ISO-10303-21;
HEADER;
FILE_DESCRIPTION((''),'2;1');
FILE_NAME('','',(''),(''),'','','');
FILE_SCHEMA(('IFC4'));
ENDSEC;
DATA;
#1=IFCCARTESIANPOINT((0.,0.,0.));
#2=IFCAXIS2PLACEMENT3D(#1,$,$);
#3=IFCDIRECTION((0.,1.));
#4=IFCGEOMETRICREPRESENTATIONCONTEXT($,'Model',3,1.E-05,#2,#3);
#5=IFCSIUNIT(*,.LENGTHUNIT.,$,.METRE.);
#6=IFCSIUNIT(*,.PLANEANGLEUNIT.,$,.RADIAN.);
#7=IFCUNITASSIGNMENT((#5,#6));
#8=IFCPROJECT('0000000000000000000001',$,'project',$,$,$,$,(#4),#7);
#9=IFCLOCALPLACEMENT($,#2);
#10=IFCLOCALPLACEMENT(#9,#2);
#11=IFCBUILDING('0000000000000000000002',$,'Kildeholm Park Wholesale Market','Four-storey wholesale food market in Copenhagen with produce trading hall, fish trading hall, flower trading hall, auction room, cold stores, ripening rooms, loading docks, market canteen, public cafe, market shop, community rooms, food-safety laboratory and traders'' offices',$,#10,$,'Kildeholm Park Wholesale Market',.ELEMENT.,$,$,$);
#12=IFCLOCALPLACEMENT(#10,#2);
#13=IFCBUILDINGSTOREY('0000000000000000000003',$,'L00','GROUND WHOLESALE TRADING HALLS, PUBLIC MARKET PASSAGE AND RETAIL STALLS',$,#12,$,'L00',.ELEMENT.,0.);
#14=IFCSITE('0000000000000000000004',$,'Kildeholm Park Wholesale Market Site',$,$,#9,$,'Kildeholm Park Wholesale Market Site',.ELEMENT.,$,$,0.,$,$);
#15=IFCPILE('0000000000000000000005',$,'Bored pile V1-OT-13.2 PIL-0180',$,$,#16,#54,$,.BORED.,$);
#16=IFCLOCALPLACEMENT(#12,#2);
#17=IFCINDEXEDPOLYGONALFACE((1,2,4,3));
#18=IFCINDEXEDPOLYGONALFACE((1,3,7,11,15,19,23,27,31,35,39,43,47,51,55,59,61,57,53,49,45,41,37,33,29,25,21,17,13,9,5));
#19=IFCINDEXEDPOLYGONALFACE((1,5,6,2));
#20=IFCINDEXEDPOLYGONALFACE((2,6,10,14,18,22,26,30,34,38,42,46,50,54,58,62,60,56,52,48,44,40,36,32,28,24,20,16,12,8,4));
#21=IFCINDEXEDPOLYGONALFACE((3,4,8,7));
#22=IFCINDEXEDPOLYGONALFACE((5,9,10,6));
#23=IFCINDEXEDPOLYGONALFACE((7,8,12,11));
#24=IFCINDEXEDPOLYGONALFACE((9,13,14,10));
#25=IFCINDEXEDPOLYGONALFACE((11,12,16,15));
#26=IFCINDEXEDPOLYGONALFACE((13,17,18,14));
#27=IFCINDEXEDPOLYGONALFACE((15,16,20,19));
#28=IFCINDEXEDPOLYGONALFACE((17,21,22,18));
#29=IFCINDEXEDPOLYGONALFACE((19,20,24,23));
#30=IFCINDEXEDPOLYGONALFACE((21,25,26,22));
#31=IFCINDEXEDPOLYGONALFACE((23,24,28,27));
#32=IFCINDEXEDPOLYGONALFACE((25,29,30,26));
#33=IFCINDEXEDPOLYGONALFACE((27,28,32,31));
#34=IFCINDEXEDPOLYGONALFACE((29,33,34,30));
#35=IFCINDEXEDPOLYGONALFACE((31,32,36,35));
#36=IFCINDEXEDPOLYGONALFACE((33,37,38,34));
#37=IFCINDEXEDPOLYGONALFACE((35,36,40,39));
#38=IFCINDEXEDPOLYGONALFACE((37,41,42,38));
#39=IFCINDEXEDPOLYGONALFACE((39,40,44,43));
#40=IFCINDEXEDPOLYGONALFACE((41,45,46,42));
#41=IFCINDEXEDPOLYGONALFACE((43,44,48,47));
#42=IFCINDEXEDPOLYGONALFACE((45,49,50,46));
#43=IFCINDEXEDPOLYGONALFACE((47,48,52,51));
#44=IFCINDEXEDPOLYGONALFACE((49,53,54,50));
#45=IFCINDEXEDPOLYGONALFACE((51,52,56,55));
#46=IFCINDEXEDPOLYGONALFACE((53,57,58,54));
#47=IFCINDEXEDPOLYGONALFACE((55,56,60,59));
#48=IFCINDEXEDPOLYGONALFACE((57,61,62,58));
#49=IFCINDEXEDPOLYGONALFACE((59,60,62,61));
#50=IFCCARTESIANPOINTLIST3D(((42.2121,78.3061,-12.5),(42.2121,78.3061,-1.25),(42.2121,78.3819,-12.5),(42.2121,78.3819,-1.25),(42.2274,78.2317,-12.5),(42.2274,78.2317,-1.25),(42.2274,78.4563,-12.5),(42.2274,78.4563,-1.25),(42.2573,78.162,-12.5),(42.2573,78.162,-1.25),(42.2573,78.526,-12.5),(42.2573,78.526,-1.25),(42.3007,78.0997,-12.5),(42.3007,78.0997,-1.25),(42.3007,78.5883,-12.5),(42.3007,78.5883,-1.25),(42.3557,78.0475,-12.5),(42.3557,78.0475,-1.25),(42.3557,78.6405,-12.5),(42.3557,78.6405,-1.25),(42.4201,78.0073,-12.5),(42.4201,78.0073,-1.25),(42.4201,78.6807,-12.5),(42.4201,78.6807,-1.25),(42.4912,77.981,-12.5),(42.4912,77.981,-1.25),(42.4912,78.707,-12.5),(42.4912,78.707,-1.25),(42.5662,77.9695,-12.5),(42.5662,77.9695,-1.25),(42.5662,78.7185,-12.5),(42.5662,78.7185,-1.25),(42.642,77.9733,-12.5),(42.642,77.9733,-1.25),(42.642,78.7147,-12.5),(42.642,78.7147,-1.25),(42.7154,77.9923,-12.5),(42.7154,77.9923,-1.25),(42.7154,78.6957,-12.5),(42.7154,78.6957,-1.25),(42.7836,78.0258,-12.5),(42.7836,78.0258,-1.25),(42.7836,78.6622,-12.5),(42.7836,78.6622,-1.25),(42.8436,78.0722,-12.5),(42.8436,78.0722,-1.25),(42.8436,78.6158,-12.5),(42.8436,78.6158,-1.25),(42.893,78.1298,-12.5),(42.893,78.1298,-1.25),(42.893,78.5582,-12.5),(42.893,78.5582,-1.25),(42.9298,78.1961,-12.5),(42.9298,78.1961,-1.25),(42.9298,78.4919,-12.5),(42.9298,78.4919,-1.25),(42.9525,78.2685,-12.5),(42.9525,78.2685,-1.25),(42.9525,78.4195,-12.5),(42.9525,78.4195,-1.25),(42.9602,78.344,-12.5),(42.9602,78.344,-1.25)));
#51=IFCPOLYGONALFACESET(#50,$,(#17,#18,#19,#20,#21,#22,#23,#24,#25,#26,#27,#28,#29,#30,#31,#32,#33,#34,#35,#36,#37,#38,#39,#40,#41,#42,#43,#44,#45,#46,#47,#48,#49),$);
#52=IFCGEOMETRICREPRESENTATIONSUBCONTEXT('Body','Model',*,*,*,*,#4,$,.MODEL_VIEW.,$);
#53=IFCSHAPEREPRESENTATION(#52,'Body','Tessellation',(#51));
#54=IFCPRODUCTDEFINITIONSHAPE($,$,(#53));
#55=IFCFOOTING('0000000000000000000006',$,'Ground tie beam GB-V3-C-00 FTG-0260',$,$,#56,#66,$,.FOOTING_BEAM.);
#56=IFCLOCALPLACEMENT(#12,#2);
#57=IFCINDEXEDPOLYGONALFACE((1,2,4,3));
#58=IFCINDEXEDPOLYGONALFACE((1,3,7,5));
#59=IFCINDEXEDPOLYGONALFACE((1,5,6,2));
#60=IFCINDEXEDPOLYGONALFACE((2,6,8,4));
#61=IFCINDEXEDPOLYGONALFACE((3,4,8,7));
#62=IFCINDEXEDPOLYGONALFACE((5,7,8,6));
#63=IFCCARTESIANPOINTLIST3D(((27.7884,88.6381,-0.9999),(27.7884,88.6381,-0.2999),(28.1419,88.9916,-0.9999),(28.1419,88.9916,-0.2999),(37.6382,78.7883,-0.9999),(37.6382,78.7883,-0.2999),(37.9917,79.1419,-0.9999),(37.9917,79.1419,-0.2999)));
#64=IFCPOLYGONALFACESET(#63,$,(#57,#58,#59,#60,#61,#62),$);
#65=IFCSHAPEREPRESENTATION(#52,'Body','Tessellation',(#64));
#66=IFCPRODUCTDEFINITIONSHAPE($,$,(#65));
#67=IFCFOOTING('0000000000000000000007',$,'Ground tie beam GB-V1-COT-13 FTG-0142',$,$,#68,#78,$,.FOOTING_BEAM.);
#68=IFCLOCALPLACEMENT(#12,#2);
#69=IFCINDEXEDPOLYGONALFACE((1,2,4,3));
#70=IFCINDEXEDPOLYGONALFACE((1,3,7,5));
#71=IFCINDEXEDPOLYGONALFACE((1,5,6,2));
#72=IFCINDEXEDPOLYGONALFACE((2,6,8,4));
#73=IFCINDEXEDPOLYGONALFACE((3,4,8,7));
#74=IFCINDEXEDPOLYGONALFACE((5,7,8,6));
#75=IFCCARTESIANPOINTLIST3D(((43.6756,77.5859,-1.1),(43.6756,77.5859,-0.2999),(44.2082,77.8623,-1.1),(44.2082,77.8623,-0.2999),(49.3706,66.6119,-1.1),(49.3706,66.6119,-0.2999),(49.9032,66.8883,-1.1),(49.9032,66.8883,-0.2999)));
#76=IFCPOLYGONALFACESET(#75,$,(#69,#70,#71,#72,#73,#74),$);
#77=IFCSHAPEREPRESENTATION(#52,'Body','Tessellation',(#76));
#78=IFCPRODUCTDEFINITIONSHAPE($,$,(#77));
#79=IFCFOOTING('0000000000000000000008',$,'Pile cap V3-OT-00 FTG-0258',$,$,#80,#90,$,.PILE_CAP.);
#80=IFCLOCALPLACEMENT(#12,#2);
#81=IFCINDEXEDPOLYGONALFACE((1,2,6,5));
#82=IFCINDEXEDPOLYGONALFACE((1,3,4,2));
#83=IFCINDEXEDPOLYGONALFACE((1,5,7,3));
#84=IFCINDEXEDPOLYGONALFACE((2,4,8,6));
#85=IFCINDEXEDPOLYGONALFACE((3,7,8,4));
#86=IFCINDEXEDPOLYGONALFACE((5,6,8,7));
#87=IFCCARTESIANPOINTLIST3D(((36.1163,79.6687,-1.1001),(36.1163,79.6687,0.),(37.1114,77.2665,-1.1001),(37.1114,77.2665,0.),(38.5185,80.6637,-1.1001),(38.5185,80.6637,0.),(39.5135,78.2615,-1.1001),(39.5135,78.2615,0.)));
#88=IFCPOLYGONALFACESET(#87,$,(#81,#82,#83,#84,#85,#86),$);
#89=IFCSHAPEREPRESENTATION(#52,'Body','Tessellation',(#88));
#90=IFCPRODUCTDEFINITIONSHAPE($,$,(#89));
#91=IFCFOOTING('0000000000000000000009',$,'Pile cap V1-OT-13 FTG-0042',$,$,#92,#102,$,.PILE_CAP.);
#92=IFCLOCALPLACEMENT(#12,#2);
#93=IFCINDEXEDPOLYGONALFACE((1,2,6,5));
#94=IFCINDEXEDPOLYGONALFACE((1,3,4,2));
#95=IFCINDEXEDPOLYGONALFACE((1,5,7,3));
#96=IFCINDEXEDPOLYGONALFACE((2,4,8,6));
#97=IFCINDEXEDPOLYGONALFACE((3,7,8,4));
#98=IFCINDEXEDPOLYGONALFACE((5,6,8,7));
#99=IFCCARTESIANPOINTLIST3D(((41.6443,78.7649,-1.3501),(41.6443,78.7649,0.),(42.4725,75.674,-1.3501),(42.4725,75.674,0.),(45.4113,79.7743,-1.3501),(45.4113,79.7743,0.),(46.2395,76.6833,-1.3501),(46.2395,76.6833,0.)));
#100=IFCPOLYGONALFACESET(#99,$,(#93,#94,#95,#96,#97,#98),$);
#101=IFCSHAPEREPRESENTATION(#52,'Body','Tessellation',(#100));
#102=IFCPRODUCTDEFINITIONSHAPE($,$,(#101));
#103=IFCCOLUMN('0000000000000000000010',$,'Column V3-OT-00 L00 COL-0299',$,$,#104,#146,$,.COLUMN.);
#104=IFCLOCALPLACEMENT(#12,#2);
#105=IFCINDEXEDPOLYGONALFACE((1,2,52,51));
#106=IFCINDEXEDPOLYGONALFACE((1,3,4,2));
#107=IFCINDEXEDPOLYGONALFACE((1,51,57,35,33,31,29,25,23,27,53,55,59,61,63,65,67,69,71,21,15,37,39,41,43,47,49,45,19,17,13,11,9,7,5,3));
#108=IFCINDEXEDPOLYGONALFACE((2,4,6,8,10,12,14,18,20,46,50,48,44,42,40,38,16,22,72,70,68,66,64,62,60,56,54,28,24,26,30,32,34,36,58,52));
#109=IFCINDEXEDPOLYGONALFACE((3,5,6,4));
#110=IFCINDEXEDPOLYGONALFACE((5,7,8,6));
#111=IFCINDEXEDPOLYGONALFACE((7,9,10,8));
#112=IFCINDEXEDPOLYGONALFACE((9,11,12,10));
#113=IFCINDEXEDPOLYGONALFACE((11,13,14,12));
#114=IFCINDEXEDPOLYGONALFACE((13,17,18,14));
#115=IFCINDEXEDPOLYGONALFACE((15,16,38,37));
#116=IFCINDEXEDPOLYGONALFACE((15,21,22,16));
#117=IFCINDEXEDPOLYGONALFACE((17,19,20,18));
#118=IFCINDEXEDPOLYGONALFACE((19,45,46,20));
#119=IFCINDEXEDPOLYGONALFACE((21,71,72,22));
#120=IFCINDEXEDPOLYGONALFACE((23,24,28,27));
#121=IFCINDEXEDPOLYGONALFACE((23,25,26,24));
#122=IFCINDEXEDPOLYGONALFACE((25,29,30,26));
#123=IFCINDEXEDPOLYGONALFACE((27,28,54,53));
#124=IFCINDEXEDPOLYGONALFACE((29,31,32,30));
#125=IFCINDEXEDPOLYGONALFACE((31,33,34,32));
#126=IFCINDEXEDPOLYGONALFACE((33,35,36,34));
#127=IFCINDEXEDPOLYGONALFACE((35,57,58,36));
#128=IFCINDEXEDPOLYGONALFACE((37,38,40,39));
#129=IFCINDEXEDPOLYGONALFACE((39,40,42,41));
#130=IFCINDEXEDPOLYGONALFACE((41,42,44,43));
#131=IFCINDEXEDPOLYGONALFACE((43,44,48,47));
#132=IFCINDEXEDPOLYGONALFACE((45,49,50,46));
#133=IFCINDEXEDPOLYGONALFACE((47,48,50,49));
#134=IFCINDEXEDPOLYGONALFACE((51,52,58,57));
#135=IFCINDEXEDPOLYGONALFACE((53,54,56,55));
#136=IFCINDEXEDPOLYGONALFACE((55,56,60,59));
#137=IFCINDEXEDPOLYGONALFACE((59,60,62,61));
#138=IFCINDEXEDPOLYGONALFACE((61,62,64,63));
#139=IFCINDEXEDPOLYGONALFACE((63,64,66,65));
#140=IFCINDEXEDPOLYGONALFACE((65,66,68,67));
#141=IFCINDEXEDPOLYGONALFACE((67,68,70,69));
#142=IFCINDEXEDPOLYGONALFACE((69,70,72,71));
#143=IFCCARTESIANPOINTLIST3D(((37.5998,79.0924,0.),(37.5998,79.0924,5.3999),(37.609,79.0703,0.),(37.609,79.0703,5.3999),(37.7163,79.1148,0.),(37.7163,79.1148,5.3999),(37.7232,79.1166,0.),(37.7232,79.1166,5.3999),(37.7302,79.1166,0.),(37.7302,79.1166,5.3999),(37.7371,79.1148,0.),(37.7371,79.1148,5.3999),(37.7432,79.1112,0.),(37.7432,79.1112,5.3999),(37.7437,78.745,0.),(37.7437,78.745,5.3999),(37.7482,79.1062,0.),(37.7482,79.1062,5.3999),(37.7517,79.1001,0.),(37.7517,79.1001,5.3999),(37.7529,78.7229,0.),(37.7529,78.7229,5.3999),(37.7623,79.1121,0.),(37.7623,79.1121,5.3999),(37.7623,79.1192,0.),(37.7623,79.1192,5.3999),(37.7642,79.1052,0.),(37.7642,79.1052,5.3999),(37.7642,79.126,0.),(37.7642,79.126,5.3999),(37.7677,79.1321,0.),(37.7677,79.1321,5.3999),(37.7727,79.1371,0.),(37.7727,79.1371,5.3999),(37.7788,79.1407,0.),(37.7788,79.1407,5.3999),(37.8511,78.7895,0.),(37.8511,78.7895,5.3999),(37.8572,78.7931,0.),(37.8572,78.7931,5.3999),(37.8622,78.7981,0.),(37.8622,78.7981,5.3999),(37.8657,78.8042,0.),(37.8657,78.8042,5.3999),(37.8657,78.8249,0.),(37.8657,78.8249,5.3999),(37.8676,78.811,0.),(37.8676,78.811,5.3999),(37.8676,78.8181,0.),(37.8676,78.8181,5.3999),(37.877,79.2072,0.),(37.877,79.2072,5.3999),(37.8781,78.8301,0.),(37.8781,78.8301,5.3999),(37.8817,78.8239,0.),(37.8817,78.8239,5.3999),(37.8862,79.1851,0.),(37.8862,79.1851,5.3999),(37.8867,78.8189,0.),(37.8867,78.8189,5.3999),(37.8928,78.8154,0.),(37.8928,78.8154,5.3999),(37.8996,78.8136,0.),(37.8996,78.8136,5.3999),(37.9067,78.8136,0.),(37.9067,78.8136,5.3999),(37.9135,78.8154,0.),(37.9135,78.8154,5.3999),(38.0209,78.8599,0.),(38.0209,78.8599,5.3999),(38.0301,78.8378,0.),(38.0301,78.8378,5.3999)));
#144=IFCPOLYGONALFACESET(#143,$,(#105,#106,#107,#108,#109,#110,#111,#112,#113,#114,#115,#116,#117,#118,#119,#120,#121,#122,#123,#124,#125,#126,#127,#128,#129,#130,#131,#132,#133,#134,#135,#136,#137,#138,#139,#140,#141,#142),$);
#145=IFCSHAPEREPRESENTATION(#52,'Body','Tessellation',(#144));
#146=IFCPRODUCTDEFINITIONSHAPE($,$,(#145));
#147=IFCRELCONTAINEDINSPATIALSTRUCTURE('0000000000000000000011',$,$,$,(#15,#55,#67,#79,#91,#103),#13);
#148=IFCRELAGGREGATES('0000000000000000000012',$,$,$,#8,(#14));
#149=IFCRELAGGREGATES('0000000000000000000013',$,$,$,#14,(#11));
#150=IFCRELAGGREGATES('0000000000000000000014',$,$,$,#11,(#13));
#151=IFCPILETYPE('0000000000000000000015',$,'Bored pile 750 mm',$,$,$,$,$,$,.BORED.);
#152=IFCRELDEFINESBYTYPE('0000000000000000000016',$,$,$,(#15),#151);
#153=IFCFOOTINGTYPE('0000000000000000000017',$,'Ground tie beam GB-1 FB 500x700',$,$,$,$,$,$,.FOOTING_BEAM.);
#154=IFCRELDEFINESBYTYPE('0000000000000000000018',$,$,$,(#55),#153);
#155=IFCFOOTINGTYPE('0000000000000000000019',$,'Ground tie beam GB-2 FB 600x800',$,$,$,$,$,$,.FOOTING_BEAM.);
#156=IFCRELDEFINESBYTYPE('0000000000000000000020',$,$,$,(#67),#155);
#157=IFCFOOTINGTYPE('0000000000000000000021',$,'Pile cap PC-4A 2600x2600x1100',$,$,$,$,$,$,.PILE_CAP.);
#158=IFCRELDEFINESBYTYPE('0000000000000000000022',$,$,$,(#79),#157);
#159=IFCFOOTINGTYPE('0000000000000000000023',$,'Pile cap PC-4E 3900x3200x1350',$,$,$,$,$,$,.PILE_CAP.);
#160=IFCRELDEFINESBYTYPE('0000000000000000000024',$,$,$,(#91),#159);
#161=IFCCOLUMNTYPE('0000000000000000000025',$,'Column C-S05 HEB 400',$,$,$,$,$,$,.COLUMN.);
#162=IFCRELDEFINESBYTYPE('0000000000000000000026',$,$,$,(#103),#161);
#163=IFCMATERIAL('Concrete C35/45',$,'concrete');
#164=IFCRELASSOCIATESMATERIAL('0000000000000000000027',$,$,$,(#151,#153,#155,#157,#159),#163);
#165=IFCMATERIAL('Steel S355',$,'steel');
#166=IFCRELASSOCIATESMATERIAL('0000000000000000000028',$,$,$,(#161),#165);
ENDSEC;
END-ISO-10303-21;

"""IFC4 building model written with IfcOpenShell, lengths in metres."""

from ifc_helpers import new_model, si_unit, direction, frame, origin, origin_2d, place, context, subcontext, project, spatial, rectangle, circle, i_section, extrude, material, material_profile, profile_set, type_object, element, save


model = new_model("IFC4")

# Units and contexts
model_context = context("Model", 3, precision=1e-05, world=origin(), true_north=direction((0.0, 1.0)))
body_context = subcontext(model_context, "Body", "Model", "MODEL_VIEW")
ifc_project = project(units=[si_unit("LENGTHUNIT", "METRE"), si_unit("PLANEANGLEUNIT", "RADIAN")], contexts=[model_context])

# Site, building, storey
site_placement = place(None, origin())
site = spatial("IfcSite", under=ifc_project, at=site_placement, Name="Kildeholm Park Wholesale Market Site", LongName="Kildeholm Park Wholesale Market Site", CompositionType="ELEMENT", RefElevation=0.0)
building_placement = place(site_placement, origin())
building = spatial("IfcBuilding", under=site, at=building_placement, Name="Kildeholm Park Wholesale Market", Description="Four-storey wholesale food market in Copenhagen with produce trading hall, fish trading hall, flower trading hall, auction room, cold stores, ripening rooms, loading docks, market canteen, public cafe, market shop, community rooms, food-safety laboratory and traders' offices", LongName="Kildeholm Park Wholesale Market", CompositionType="ELEMENT")
storey_placement = place(building_placement, origin())
storey = spatial("IfcBuildingStorey", under=building, at=storey_placement, Name="L00", Description="GROUND WHOLESALE TRADING HALLS, PUBLIC MARKET PASSAGE AND RETAIL STALLS", LongName="L00", CompositionType="ELEMENT", Elevation=0.0)

# Pile
ifc_material_1 = material(Name="Concrete C35/45", Category="concrete")
ifc_material_profile_1 = material_profile(ifc_material_1, circle(Radius=0.375, at=origin_2d()), Name="PILE D750")
ifc_profile_set_1 = profile_set([ifc_material_profile_1], Name="Concrete C35/45")
pile_type_1 = type_object("IfcPileType", Name="Bored pile 750 mm", PredefinedType="BORED", material=ifc_profile_set_1)
for number, where, z_axis, x_axis, name in (
    (1, (42.5852, 78.344, -1.25), (0.0, 0.0, -1.0), (1.0, 0.0, 0.0), "Bored pile V1-OT-13.2 PIL-0180"),
):
    element("IfcPile", number, at=place(storey_placement, frame(where, z_axis=z_axis, x_axis=x_axis)), inside=storey, type_object=pile_type_1, Name=name, PredefinedType="BORED", context=body_context, shape_type="SweptSolid", body=[
        extrude(circle(Radius=0.375, at=origin_2d()), origin(), (0.0, 0.0, 1.0), 11.25),
    ])

# Footings
ifc_material_profile_2 = material_profile(ifc_material_1, rectangle(XDim=0.5, YDim=0.7, at=origin_2d()), Name="FB 500x700")
ifc_profile_set_2 = profile_set([ifc_material_profile_2], Name="Concrete C35/45")
footing_type_1 = type_object("IfcFootingType", Name="Ground tie beam GB-1 FB 500x700", PredefinedType="FOOTING_BEAM", material=ifc_profile_set_2)
footing_1_placement = place(storey_placement, frame((37.8149, 78.9651, -0.6499), z_axis=(-0.707107, 0.707107, 0.0), x_axis=(-0.707107, -0.707107, 0.0)))
element("IfcFooting", 2, at=footing_1_placement, inside=storey, type_object=footing_type_1, Name="Ground tie beam GB-V3-C-00 FTG-0260", PredefinedType="FOOTING_BEAM", context=body_context, shape_type="SweptSolid", body=[
    extrude(rectangle(XDim=0.5, YDim=0.7, at=origin_2d()), origin(), (0.0, 0.0, 1.0), 13.9297),
])
ifc_material_profile_3 = material_profile(ifc_material_1, rectangle(XDim=0.6001, YDim=0.8, at=origin_2d()), Name="FB 600x800")
ifc_profile_set_3 = profile_set([ifc_material_profile_3], Name="Concrete C35/45")
footing_type_2 = type_object("IfcFootingType", Name="Ground tie beam GB-2 FB 600x800", PredefinedType="FOOTING_BEAM", material=ifc_profile_set_3)
footing_2_placement = place(storey_placement, frame((43.9419, 77.7241, -0.7), z_axis=(0.460622, -0.887596, 0.0), x_axis=(0.887596, 0.460622, 0.0)))
element("IfcFooting", 3, at=footing_2_placement, inside=storey, type_object=footing_type_2, Name="Ground tie beam GB-V1-COT-13 FTG-0142", PredefinedType="FOOTING_BEAM", context=body_context, shape_type="SweptSolid", body=[
    extrude(rectangle(XDim=0.6001, YDim=0.8, at=origin_2d()), origin(), (0.0, 0.0, 1.0), 12.3638),
])
footing_type_3 = type_object("IfcFootingType", Name="Pile cap PC-4A 2600x2600x1100", PredefinedType="PILE_CAP", material=ifc_material_1)
footing_3_placement = place(storey_placement, frame((37.8149, 78.9651, -1.1001), z_axis=(0.0, 0.0, 1.0), x_axis=(0.92388, 0.382683, 0.0)))
element("IfcFooting", 4, at=footing_3_placement, inside=storey, type_object=footing_type_3, Name="Pile cap V3-OT-00 FTG-0258", PredefinedType="PILE_CAP", context=body_context, shape_type="SweptSolid", body=[
    extrude(rectangle(XDim=2.6001, YDim=2.6001, at=origin_2d()), origin(), (0.0, 0.0, 1.0), 1.1001),
])
footing_type_4 = type_object("IfcFootingType", Name="Pile cap PC-4E 3900x3200x1350", PredefinedType="PILE_CAP", material=ifc_material_1)
footing_4_placement = place(storey_placement, frame((43.9419, 77.7241, -1.3501), z_axis=(0.0, 0.0, 1.0), x_axis=(-0.965926, -0.258819, 0.0)))
element("IfcFooting", 5, at=footing_4_placement, inside=storey, type_object=footing_type_4, Name="Pile cap V1-OT-13 FTG-0042", PredefinedType="PILE_CAP", context=body_context, shape_type="SweptSolid", body=[
    extrude(rectangle(XDim=3.8999, YDim=3.2, at=origin_2d()), origin(), (0.0, 0.0, 1.0), 1.3501),
])

# Column
ifc_material_2 = material(Name="Steel S355", Category="steel")
ifc_material_profile_4 = material_profile(ifc_material_2, i_section(OverallWidth=0.3, OverallDepth=0.3999, WebThickness=0.0134, FlangeThickness=0.0239, FilletRadius=0.0271, at=origin_2d()), Name="HEB 400")
ifc_profile_set_4 = profile_set([ifc_material_profile_4], Name="Steel S355")
column_type_1 = type_object("IfcColumnType", Name="Column C-S05 HEB 400", PredefinedType="COLUMN", material=ifc_profile_set_4)
column_1_placement = place(storey_placement, frame((37.8149, 78.9651, 0.0), z_axis=(0.0, 0.0, 1.0), x_axis=(0.92388, 0.382683, 0.0)))
element("IfcColumn", 6, at=column_1_placement, inside=storey, type_object=column_type_1, Name="Column V3-OT-00 L00 COL-0299", PredefinedType="COLUMN", context=body_context, shape_type="SweptSolid", body=[
    extrude(i_section(OverallWidth=0.3, OverallDepth=0.3999, WebThickness=0.0134, FlangeThickness=0.0239, FilletRadius=0.0271, at=origin_2d()), origin(), (0.0, 0.0, 1.0), 5.3999),
])

save(model, "model.ifc")
